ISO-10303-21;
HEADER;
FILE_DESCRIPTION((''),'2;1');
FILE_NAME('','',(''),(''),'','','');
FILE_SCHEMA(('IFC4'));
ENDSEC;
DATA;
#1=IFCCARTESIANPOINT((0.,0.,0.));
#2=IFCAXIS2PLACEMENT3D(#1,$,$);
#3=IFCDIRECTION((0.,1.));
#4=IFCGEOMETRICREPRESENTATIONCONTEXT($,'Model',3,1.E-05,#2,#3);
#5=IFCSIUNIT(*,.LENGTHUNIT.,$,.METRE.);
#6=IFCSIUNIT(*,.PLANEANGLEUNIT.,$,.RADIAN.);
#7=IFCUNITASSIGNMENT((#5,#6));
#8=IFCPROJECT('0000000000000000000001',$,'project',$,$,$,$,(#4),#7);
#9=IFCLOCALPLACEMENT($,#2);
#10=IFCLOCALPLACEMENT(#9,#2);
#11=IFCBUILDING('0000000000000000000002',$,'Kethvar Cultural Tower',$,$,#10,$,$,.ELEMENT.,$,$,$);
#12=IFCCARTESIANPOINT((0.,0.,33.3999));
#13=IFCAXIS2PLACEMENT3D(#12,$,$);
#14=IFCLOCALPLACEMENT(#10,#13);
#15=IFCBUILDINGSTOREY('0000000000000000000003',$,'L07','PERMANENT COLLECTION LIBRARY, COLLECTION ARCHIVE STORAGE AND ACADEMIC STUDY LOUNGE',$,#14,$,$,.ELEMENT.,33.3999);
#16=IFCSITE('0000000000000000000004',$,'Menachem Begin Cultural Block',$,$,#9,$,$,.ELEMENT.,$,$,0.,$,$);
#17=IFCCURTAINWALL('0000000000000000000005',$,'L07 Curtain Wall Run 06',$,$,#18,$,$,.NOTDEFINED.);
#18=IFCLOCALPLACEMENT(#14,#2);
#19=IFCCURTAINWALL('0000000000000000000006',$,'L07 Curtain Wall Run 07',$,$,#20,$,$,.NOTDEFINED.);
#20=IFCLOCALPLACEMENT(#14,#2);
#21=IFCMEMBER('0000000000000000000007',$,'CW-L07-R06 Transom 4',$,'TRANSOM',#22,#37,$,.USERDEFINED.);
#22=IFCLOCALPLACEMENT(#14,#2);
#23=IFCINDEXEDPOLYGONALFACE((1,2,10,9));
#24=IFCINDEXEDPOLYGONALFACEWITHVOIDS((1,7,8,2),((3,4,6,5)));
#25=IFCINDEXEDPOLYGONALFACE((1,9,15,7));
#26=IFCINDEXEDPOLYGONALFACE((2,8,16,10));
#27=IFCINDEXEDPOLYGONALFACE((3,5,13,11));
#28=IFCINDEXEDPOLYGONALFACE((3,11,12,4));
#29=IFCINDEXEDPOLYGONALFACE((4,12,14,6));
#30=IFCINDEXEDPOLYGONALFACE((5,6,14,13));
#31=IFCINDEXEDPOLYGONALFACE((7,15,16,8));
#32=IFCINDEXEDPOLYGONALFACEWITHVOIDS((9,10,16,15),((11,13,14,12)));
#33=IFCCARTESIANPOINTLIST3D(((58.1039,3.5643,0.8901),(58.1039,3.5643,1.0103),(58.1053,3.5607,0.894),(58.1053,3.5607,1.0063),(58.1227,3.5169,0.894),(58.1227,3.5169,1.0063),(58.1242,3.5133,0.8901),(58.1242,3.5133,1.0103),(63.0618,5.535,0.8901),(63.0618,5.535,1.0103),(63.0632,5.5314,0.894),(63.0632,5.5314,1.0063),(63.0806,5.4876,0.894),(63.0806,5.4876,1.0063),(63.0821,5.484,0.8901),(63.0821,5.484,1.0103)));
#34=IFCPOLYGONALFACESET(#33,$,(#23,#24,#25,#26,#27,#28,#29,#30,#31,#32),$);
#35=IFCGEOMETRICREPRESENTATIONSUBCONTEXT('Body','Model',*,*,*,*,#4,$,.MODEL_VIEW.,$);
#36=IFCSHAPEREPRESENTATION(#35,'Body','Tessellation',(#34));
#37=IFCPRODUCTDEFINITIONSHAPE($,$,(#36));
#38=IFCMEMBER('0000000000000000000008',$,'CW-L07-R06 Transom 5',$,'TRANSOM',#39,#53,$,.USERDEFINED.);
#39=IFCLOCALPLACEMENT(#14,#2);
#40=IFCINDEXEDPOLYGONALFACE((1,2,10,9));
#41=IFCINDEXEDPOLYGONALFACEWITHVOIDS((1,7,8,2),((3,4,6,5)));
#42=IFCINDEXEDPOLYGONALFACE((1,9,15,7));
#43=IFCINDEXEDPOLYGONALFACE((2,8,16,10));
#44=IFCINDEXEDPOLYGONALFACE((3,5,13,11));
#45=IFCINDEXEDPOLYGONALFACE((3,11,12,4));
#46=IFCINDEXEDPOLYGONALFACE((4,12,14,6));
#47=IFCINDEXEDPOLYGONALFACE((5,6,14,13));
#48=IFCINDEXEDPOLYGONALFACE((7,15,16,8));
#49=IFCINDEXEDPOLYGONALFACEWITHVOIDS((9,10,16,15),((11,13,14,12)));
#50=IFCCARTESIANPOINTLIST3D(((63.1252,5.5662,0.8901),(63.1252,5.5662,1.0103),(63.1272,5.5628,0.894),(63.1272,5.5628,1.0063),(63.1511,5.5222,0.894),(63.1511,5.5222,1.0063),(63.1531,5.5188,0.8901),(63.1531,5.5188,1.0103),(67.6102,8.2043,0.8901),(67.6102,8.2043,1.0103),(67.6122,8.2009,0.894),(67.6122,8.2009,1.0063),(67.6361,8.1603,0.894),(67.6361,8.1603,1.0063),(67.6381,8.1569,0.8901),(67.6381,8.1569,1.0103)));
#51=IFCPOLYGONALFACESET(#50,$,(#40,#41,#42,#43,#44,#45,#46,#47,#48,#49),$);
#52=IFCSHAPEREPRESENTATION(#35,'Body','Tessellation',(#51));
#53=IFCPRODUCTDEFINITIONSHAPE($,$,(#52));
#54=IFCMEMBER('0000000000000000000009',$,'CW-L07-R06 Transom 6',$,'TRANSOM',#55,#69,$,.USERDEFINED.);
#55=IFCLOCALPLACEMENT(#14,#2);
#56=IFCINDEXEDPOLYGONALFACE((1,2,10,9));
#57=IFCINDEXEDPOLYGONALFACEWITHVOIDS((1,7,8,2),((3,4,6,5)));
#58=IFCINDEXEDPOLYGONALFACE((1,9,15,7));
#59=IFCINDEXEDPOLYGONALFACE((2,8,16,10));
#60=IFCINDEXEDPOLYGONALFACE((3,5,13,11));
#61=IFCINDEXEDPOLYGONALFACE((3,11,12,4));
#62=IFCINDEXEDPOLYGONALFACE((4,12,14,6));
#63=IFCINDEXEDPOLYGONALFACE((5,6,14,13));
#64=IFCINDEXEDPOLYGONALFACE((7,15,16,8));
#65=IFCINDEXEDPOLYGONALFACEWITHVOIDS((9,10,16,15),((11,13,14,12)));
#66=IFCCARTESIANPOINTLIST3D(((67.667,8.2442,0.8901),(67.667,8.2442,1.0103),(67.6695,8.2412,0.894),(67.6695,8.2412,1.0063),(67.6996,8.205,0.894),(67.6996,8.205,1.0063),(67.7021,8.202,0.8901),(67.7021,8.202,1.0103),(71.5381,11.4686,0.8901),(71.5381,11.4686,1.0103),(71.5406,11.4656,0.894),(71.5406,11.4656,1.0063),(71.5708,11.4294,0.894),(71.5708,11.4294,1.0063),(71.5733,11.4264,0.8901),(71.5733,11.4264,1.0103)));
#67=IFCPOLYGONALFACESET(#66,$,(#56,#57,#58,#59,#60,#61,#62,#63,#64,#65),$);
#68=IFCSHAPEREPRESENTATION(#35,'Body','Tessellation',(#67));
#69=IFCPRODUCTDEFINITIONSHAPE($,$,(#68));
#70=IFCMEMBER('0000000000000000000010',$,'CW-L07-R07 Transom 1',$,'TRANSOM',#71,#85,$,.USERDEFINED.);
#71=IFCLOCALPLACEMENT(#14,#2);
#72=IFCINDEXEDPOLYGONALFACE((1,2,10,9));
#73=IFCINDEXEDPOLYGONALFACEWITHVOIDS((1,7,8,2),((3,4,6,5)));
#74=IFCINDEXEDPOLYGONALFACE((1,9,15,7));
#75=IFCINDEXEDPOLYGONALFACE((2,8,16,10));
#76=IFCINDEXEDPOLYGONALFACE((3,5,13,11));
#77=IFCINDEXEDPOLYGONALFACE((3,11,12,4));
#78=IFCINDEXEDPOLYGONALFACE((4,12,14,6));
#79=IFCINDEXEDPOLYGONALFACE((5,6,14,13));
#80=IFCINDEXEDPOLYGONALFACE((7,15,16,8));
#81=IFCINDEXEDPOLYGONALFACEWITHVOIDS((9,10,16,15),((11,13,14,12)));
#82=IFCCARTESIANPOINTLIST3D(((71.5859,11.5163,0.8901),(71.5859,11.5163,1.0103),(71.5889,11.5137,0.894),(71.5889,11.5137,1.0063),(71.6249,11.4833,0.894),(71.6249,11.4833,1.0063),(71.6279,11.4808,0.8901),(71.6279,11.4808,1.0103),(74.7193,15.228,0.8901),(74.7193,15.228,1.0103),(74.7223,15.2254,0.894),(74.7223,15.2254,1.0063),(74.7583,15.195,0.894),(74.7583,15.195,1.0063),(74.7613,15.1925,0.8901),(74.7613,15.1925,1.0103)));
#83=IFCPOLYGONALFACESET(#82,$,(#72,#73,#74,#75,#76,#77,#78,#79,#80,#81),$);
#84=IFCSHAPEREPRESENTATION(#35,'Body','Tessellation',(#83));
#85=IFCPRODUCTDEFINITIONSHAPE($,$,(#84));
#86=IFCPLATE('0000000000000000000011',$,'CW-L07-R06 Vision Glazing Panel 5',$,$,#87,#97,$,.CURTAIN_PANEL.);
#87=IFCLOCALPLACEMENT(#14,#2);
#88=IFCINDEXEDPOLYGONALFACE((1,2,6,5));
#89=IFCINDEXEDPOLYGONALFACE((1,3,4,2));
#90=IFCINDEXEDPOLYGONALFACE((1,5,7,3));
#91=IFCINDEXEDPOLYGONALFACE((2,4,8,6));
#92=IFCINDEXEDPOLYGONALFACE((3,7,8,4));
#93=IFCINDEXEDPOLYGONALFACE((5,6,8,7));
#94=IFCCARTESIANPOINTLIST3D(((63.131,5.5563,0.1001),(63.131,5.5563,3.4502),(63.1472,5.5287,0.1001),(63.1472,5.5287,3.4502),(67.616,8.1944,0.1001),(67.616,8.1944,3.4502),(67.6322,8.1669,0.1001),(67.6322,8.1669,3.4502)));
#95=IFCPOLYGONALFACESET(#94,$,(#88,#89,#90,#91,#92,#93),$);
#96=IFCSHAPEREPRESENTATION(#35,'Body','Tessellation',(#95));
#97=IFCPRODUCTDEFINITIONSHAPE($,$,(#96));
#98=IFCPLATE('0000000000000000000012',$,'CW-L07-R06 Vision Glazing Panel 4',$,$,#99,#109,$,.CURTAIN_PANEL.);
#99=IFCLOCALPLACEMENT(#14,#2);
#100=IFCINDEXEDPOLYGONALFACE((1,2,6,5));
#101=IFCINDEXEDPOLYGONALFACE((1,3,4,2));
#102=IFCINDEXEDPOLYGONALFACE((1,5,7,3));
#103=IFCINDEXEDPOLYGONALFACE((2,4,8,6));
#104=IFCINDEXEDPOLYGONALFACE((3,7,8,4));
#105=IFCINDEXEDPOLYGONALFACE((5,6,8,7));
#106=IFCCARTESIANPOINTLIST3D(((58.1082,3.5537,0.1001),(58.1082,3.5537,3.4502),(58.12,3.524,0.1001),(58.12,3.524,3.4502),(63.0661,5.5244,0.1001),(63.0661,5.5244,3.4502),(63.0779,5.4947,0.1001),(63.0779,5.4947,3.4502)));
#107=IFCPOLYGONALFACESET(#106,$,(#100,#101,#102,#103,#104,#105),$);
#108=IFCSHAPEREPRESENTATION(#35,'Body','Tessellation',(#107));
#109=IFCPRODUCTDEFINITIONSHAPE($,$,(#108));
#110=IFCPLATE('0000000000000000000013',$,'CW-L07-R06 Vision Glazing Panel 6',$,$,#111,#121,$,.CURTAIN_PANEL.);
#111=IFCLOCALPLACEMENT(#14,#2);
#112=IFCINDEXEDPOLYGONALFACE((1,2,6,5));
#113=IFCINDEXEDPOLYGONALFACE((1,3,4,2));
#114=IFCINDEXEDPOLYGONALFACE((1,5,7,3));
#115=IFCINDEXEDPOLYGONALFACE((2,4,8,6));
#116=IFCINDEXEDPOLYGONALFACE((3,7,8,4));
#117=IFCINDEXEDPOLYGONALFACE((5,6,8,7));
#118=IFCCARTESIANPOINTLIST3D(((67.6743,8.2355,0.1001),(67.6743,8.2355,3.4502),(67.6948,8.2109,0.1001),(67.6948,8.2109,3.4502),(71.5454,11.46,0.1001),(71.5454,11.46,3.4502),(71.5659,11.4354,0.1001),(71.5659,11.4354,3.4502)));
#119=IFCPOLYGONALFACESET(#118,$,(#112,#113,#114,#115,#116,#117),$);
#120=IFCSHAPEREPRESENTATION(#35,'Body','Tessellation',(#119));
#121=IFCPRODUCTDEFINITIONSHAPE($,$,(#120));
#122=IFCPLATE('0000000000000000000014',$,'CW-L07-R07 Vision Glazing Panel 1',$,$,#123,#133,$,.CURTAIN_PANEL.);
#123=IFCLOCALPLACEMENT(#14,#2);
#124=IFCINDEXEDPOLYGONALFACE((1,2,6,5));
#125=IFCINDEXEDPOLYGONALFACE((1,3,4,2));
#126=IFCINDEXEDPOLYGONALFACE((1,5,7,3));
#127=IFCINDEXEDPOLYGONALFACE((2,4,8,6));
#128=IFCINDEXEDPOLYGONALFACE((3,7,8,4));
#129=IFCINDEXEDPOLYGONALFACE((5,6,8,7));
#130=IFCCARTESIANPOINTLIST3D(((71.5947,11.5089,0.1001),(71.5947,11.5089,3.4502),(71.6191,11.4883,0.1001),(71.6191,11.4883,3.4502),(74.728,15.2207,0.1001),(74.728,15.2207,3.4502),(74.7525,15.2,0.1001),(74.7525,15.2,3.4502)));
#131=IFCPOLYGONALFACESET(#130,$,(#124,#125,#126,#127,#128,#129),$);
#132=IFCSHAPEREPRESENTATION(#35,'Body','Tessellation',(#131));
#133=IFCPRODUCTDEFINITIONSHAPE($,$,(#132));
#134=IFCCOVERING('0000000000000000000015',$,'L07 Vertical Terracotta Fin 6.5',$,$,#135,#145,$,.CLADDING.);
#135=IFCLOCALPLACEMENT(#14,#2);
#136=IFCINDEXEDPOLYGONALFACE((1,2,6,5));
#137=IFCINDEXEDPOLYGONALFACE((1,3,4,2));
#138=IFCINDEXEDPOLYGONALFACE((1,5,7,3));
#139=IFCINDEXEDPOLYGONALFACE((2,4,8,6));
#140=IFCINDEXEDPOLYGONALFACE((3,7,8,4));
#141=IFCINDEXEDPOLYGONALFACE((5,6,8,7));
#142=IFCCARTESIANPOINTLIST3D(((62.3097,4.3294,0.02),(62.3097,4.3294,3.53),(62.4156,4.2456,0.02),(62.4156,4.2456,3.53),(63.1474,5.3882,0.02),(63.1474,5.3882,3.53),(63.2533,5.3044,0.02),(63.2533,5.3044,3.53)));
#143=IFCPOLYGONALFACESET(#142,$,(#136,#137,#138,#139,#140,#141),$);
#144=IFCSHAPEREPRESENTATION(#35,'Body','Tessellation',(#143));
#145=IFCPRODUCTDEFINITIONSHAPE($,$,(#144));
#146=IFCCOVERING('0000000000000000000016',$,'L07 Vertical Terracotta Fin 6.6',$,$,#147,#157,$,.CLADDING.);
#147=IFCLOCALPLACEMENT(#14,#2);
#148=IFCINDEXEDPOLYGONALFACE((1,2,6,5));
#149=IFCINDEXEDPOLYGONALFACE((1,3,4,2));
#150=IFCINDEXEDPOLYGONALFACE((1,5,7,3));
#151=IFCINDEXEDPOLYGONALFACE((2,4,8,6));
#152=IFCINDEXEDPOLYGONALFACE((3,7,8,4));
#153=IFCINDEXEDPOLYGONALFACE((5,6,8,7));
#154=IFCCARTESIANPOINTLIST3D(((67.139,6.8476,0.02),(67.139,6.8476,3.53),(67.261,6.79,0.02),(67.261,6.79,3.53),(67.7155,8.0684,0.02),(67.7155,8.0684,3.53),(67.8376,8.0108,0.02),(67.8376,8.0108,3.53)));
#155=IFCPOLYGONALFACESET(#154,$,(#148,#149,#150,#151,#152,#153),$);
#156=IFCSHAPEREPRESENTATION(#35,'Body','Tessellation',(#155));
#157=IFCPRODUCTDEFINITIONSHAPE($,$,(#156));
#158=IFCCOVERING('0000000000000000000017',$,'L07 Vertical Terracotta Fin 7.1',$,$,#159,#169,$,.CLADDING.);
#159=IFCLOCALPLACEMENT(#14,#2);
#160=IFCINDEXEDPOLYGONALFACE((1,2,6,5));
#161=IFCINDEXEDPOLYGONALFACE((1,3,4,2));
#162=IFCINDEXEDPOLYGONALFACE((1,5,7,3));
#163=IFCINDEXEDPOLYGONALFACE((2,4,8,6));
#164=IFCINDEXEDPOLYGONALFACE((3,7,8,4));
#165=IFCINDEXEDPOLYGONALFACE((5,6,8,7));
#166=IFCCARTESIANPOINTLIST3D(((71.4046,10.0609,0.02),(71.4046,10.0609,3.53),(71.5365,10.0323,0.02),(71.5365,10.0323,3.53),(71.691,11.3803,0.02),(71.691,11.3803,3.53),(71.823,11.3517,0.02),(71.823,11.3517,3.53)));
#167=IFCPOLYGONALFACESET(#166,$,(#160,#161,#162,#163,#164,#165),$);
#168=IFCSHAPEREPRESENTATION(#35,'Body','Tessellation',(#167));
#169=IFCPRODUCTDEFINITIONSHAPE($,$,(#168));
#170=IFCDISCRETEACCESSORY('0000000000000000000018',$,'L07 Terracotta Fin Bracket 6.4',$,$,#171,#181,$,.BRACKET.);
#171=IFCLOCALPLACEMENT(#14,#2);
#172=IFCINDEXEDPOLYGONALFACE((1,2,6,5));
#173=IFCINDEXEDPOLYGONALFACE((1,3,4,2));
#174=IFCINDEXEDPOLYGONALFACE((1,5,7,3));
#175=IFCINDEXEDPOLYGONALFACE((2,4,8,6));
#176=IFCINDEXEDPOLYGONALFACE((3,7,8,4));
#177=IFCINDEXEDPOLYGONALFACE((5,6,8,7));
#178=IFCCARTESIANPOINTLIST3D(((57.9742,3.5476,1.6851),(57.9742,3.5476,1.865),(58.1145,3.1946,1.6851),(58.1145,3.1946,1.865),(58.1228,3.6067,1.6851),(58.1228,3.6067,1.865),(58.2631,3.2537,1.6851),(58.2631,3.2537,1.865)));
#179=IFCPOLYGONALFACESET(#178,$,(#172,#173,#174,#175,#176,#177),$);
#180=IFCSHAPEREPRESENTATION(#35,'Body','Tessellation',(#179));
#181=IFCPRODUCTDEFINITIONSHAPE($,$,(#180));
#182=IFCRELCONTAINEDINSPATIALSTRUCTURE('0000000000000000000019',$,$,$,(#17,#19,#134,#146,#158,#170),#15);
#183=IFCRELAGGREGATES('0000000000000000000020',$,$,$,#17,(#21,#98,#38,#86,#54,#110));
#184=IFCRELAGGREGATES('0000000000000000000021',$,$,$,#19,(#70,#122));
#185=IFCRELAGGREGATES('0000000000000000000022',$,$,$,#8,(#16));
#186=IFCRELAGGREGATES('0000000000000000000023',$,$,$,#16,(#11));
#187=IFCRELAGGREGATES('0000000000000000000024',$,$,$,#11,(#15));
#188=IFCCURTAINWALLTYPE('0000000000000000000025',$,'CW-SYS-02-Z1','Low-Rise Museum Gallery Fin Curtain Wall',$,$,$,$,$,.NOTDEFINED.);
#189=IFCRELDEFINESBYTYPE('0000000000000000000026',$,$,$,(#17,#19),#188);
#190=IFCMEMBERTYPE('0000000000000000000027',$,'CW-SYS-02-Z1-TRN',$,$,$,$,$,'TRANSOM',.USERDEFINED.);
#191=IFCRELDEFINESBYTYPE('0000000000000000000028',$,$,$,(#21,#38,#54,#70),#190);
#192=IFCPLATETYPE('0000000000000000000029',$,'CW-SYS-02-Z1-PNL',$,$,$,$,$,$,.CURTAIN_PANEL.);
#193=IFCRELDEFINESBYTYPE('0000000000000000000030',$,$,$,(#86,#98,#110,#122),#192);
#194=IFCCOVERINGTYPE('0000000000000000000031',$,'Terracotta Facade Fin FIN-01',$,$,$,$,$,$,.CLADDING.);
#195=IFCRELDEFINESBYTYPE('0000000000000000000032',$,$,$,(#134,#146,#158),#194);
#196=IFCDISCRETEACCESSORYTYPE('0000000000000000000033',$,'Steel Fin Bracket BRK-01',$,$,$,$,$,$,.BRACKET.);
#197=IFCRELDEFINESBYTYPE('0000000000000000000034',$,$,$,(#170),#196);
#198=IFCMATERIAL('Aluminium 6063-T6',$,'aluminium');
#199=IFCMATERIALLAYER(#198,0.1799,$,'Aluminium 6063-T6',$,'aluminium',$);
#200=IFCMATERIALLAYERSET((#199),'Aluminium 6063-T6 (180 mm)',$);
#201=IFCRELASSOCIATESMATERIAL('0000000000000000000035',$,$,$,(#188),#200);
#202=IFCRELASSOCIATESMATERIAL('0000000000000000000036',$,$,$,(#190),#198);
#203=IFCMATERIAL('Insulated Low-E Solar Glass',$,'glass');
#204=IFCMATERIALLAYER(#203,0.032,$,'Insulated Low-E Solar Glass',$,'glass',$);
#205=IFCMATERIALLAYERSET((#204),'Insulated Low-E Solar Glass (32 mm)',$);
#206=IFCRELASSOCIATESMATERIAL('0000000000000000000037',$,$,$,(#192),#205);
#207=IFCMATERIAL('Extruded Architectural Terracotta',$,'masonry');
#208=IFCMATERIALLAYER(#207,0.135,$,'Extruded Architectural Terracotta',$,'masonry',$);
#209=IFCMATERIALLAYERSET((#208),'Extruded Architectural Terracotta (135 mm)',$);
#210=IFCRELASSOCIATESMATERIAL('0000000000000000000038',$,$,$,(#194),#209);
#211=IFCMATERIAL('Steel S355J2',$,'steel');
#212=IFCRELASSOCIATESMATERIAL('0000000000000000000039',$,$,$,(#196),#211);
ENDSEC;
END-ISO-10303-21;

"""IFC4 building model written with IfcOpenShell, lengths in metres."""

from ifc_helpers import new_model, si_unit, direction, frame, origin, origin_2d, place, context, subcontext, project, spatial, rectangle, hollow_rectangle, extrude, source, transform, mapped, material, layer, layer_set, material_profile, profile_set, type_object, element, aggregate, save


model = new_model("IFC4")

# Units and contexts
model_context = context("Model", 3, precision=1e-05, world=origin(), true_north=direction((0.0, 1.0)))
body_context = subcontext(model_context, "Body", "Model", "MODEL_VIEW")
ifc_project = project(units=[si_unit("LENGTHUNIT", "METRE"), si_unit("PLANEANGLEUNIT", "RADIAN")], contexts=[model_context])

# Site, building, storey
site_placement = place(None, origin())
site = spatial("IfcSite", under=ifc_project, at=site_placement, Name="Menachem Begin Cultural Block", CompositionType="ELEMENT", RefElevation=0.0)
building_placement = place(site_placement, origin())
building = spatial("IfcBuilding", under=site, at=building_placement, Name="Kethvar Cultural Tower", CompositionType="ELEMENT")
storey_placement = place(building_placement, frame((0.0, 0.0, 33.3999)))
storey = spatial("IfcBuildingStorey", under=building, at=storey_placement, Name="L07", Description="PERMANENT COLLECTION LIBRARY, COLLECTION ARCHIVE STORAGE AND ACADEMIC STUDY LOUNGE", CompositionType="ELEMENT", Elevation=33.3999)

# Shared definitions
ifc_material_1 = material(Name="Steel S355J2", Category="steel")

# Curtain wall
ifc_material_2 = material(Name="Aluminium 6063-T6", Category="aluminium")
ifc_layer_1 = layer(ifc_material_2, 0.1799, Name="Aluminium 6063-T6", Category="aluminium")
ifc_layer_set_1 = layer_set([ifc_layer_1], Name="Aluminium 6063-T6 (180 mm)")
curtain_wall_type = type_object("IfcCurtainWallType", Name="CW-SYS-02-Z1", Description="Low-Rise Museum Gallery Fin Curtain Wall", PredefinedType="NOTDEFINED", material=ifc_layer_set_1)
curtain_wall_1_placement = place(storey_placement, origin())
curtain_wall_1 = element("IfcCurtainWall", 1, at=curtain_wall_1_placement, inside=storey, type_object=curtain_wall_type, Name="L07 Curtain Wall Run 06", PredefinedType="NOTDEFINED")

# Curtain wall
curtain_wall_2_placement = place(storey_placement, origin())
curtain_wall_2 = element("IfcCurtainWall", 2, at=curtain_wall_2_placement, inside=storey, type_object=curtain_wall_type, Name="L07 Curtain Wall Run 07", PredefinedType="NOTDEFINED")

# Members
ifc_material_profile_1 = material_profile(ifc_material_2, hollow_rectangle(XDim=0.0549, YDim=0.1201, WallThickness=0.0039, at=origin_2d()), Name="Aluminium 6063-T6 — RHS120x55x4")
ifc_profile_set_1 = profile_set([ifc_material_profile_1], Name="Aluminium 6063-T6 — RHS120x55x4")
member_type_1 = type_object("IfcMemberType", Name="CW-SYS-02-Z1-TRN", ElementType="TRANSOM", PredefinedType="USERDEFINED", material=ifc_profile_set_1)
shared_shape_1 = source(origin(), body_context, "Body", "SweptSolid", [
    extrude(hollow_rectangle(XDim=0.0549, YDim=0.1201, WallThickness=0.0039, at=origin_2d()), origin(), (0.0, 0.0, 1.0), 5.3352),
])
member_1_placement = place(storey_placement, frame((58.114, 3.5388, 0.9502), z_axis=(0.929282, 0.36937, 0.0), x_axis=(-0.36937, 0.929282, 0.0)))
member_1 = element("IfcMember", 3, at=member_1_placement, type_object=member_type_1, Name="CW-L07-R06 Transom 4", ObjectType="TRANSOM", PredefinedType="USERDEFINED", context=body_context, shape_type="MappedRepresentation", body=[
    mapped(shared_shape_1, transform((0.0, 0.0, 0.0), scale=1.0)),
])
shared_shape_2 = source(origin(), body_context, "Body", "SweptSolid", [
    extrude(hollow_rectangle(XDim=0.0549, YDim=0.1201, WallThickness=0.0039, at=origin_2d()), origin(), (0.0, 0.0, 1.0), 5.2034),
])
member_2_placement = place(storey_placement, frame((63.1392, 5.5425, 0.9502), z_axis=(0.861944, 0.507004, 0.0), x_axis=(-0.507004, 0.861944, 0.0)))
member_2 = element("IfcMember", 4, at=member_2_placement, type_object=member_type_1, Name="CW-L07-R06 Transom 5", ObjectType="TRANSOM", PredefinedType="USERDEFINED", context=body_context, shape_type="MappedRepresentation", body=[
    mapped(shared_shape_2, transform((0.0, 0.0, 0.0), scale=1.0)),
])
shared_shape_3 = source(origin(), body_context, "Body", "SweptSolid", [
    extrude(hollow_rectangle(XDim=0.0549, YDim=0.1201, WallThickness=0.0039, at=origin_2d()), origin(), (0.0, 0.0, 1.0), 5.0381),
])
member_3_placement = place(storey_placement, frame((67.6846, 8.2231, 0.9502), z_axis=(0.768372, 0.640003, 0.0), x_axis=(-0.640003, 0.768372, 0.0)))
member_3 = element("IfcMember", 5, at=member_3_placement, type_object=member_type_1, Name="CW-L07-R06 Transom 6", ObjectType="TRANSOM", PredefinedType="USERDEFINED", context=body_context, shape_type="MappedRepresentation", body=[
    mapped(shared_shape_3, transform((0.0, 0.0, 0.0), scale=1.0)),
])
shared_shape_4 = source(origin(), body_context, "Body", "SweptSolid", [
    extrude(hollow_rectangle(XDim=0.0549, YDim=0.1201, WallThickness=0.0039, at=origin_2d()), origin(), (0.0, 0.0, 1.0), 4.8574),
])
member_4_placement = place(storey_placement, frame((71.6069, 11.4985, 0.9502), z_axis=(0.645061, 0.764131, 0.0), x_axis=(-0.764131, 0.645061, 0.0)))
member_4 = element("IfcMember", 6, at=member_4_placement, type_object=member_type_1, Name="CW-L07-R07 Transom 1", ObjectType="TRANSOM", PredefinedType="USERDEFINED", context=body_context, shape_type="MappedRepresentation", body=[
    mapped(shared_shape_4, transform((0.0, 0.0, 0.0), scale=1.0)),
])

# Plates
ifc_material_3 = material(Name="Insulated Low-E Solar Glass", Category="glass")
ifc_layer_2 = layer(ifc_material_3, 0.032, Name="Insulated Low-E Solar Glass", Category="glass")
ifc_layer_set_2 = layer_set([ifc_layer_2], Name="Insulated Low-E Solar Glass (32 mm)")
plate_type = type_object("IfcPlateType", Name="CW-SYS-02-Z1-PNL", PredefinedType="CURTAIN_PANEL", material=ifc_layer_set_2)
shared_shape_5 = source(origin(), body_context, "Body", "SweptSolid", [
    extrude(rectangle(XDim=5.2034, YDim=0.032, at=origin_2d()), origin(), (0.0, 0.0, 1.0), 3.3501),
])
plate_1_placement = place(storey_placement, frame((65.3816, 6.8616, 0.1001), z_axis=(0.0, 0.0, 1.0), x_axis=(0.861939, 0.507012, 0.0)))
plate_1 = element("IfcPlate", 7, at=plate_1_placement, type_object=plate_type, Name="CW-L07-R06 Vision Glazing Panel 5", PredefinedType="CURTAIN_PANEL", context=body_context, shape_type="MappedRepresentation", body=[
    mapped(shared_shape_5, transform((0.0, 0.0, 0.0), scale=1.0)),
])
shared_shape_6 = source(origin(), body_context, "Body", "SweptSolid", [
    extrude(rectangle(XDim=5.3352, YDim=0.032, at=origin_2d()), origin(), (0.0, 0.0, 1.0), 3.3501),
])
plate_2_placement = place(storey_placement, frame((60.593, 4.5242, 0.1001), z_axis=(0.0, 0.0, 1.0), x_axis=(0.929281, 0.369374, 0.0)))
plate_2 = element("IfcPlate", 8, at=plate_2_placement, type_object=plate_type, Name="CW-L07-R06 Vision Glazing Panel 4", PredefinedType="CURTAIN_PANEL", context=body_context, shape_type="MappedRepresentation", body=[
    mapped(shared_shape_6, transform((0.0, 0.0, 0.0), scale=1.0)),
])
shared_shape_7 = source(origin(), body_context, "Body", "SweptSolid", [
    extrude(rectangle(XDim=5.0381, YDim=0.032, at=origin_2d()), origin(), (0.0, 0.0, 1.0), 3.3501),
])
plate_3_placement = place(storey_placement, frame((69.6201, 9.8354, 0.1001), z_axis=(0.0, 0.0, 1.0), x_axis=(0.768362, 0.640016, 0.0)))
plate_3 = element("IfcPlate", 9, at=plate_3_placement, type_object=plate_type, Name="CW-L07-R06 Vision Glazing Panel 6", PredefinedType="CURTAIN_PANEL", context=body_context, shape_type="MappedRepresentation", body=[
    mapped(shared_shape_7, transform((0.0, 0.0, 0.0), scale=1.0)),
])
aggregate(curtain_wall_1, [member_1, plate_2, member_2, plate_1, member_3, plate_3])
shared_shape_8 = source(origin(), body_context, "Body", "SweptSolid", [
    extrude(rectangle(XDim=4.8574, YDim=0.032, at=origin_2d()), origin(), (0.0, 0.0, 1.0), 3.3501),
])
plate_4_placement = place(storey_placement, frame((73.1736, 13.3545, 0.1001), z_axis=(0.0, 0.0, 1.0), x_axis=(0.645058, 0.764134, 0.0)))
plate_4 = element("IfcPlate", 10, at=plate_4_placement, type_object=plate_type, Name="CW-L07-R07 Vision Glazing Panel 1", PredefinedType="CURTAIN_PANEL", context=body_context, shape_type="MappedRepresentation", body=[
    mapped(shared_shape_8, transform((0.0, 0.0, 0.0), scale=1.0)),
])
aggregate(curtain_wall_2, [member_4, plate_4])

# Coverings
ifc_material_4 = material(Name="Extruded Architectural Terracotta", Category="masonry")
ifc_layer_3 = layer(ifc_material_4, 0.135, Name="Extruded Architectural Terracotta", Category="masonry")
ifc_layer_set_3 = layer_set([ifc_layer_3], Name="Extruded Architectural Terracotta (135 mm)")
covering_type = type_object("IfcCoveringType", Name="Terracotta Facade Fin FIN-01", PredefinedType="CLADDING", material=ifc_layer_set_3)
shared_shape_9 = source(origin(), body_context, "Body", "SweptSolid", [
    extrude(rectangle(XDim=1.3501, YDim=0.135, at=origin_2d()), origin(), (0.0, 0.0, 1.0), 3.51),
])
for number, where, z_axis, x_axis, name in (
    (11, (62.7815, 4.8169, 0.02), (0.0, 0.0, 1.0), (-0.620464, -0.784235, 0.0), "L07 Vertical Terracotta Fin 6.5"),
    (12, (67.4883, 7.4292, 0.02), (0.0, 0.0, 1.0), (-0.427042, -0.904232, 0.0), "L07 Vertical Terracotta Fin 6.6"),
    (13, (71.6138, 10.7063, 0.02), (0.0, 0.0, 1.0), (-0.212178, -0.977231, 0.0), "L07 Vertical Terracotta Fin 7.1"),
):
    element("IfcCovering", number, at=place(storey_placement, frame(where, z_axis=z_axis, x_axis=x_axis)), inside=storey, type_object=covering_type, Name=name, PredefinedType="CLADDING", context=body_context, shape_type="MappedRepresentation", body=[
        mapped(shared_shape_9, transform((0.0, 0.0, 0.0), scale=1.0)),
    ])

# Discrete accessory
discrete_accessory_type = type_object("IfcDiscreteAccessoryType", Name="Steel Fin Bracket BRK-01", PredefinedType="BRACKET", material=ifc_material_1)
shared_shape_10 = source(origin(), body_context, "Body", "SweptSolid", [
    extrude(rectangle(XDim=0.3799, YDim=0.1599, at=origin_2d()), origin(), (0.0, 0.0, 1.0), 0.1799),
])
for number, where, z_axis, x_axis, name in (
    (14, (58.1187, 3.4006, 1.6851), (0.0, 0.0, 1.0), (0.369422, -0.929262, 0.0), "L07 Terracotta Fin Bracket 6.4"),
):
    element("IfcDiscreteAccessory", number, at=place(storey_placement, frame(where, z_axis=z_axis, x_axis=x_axis)), inside=storey, type_object=discrete_accessory_type, Name=name, PredefinedType="BRACKET", context=body_context, shape_type="MappedRepresentation", body=[
        mapped(shared_shape_10, transform((0.0, 0.0, 0.0), scale=1.0)),
    ])

save(model, "model.ifc")
